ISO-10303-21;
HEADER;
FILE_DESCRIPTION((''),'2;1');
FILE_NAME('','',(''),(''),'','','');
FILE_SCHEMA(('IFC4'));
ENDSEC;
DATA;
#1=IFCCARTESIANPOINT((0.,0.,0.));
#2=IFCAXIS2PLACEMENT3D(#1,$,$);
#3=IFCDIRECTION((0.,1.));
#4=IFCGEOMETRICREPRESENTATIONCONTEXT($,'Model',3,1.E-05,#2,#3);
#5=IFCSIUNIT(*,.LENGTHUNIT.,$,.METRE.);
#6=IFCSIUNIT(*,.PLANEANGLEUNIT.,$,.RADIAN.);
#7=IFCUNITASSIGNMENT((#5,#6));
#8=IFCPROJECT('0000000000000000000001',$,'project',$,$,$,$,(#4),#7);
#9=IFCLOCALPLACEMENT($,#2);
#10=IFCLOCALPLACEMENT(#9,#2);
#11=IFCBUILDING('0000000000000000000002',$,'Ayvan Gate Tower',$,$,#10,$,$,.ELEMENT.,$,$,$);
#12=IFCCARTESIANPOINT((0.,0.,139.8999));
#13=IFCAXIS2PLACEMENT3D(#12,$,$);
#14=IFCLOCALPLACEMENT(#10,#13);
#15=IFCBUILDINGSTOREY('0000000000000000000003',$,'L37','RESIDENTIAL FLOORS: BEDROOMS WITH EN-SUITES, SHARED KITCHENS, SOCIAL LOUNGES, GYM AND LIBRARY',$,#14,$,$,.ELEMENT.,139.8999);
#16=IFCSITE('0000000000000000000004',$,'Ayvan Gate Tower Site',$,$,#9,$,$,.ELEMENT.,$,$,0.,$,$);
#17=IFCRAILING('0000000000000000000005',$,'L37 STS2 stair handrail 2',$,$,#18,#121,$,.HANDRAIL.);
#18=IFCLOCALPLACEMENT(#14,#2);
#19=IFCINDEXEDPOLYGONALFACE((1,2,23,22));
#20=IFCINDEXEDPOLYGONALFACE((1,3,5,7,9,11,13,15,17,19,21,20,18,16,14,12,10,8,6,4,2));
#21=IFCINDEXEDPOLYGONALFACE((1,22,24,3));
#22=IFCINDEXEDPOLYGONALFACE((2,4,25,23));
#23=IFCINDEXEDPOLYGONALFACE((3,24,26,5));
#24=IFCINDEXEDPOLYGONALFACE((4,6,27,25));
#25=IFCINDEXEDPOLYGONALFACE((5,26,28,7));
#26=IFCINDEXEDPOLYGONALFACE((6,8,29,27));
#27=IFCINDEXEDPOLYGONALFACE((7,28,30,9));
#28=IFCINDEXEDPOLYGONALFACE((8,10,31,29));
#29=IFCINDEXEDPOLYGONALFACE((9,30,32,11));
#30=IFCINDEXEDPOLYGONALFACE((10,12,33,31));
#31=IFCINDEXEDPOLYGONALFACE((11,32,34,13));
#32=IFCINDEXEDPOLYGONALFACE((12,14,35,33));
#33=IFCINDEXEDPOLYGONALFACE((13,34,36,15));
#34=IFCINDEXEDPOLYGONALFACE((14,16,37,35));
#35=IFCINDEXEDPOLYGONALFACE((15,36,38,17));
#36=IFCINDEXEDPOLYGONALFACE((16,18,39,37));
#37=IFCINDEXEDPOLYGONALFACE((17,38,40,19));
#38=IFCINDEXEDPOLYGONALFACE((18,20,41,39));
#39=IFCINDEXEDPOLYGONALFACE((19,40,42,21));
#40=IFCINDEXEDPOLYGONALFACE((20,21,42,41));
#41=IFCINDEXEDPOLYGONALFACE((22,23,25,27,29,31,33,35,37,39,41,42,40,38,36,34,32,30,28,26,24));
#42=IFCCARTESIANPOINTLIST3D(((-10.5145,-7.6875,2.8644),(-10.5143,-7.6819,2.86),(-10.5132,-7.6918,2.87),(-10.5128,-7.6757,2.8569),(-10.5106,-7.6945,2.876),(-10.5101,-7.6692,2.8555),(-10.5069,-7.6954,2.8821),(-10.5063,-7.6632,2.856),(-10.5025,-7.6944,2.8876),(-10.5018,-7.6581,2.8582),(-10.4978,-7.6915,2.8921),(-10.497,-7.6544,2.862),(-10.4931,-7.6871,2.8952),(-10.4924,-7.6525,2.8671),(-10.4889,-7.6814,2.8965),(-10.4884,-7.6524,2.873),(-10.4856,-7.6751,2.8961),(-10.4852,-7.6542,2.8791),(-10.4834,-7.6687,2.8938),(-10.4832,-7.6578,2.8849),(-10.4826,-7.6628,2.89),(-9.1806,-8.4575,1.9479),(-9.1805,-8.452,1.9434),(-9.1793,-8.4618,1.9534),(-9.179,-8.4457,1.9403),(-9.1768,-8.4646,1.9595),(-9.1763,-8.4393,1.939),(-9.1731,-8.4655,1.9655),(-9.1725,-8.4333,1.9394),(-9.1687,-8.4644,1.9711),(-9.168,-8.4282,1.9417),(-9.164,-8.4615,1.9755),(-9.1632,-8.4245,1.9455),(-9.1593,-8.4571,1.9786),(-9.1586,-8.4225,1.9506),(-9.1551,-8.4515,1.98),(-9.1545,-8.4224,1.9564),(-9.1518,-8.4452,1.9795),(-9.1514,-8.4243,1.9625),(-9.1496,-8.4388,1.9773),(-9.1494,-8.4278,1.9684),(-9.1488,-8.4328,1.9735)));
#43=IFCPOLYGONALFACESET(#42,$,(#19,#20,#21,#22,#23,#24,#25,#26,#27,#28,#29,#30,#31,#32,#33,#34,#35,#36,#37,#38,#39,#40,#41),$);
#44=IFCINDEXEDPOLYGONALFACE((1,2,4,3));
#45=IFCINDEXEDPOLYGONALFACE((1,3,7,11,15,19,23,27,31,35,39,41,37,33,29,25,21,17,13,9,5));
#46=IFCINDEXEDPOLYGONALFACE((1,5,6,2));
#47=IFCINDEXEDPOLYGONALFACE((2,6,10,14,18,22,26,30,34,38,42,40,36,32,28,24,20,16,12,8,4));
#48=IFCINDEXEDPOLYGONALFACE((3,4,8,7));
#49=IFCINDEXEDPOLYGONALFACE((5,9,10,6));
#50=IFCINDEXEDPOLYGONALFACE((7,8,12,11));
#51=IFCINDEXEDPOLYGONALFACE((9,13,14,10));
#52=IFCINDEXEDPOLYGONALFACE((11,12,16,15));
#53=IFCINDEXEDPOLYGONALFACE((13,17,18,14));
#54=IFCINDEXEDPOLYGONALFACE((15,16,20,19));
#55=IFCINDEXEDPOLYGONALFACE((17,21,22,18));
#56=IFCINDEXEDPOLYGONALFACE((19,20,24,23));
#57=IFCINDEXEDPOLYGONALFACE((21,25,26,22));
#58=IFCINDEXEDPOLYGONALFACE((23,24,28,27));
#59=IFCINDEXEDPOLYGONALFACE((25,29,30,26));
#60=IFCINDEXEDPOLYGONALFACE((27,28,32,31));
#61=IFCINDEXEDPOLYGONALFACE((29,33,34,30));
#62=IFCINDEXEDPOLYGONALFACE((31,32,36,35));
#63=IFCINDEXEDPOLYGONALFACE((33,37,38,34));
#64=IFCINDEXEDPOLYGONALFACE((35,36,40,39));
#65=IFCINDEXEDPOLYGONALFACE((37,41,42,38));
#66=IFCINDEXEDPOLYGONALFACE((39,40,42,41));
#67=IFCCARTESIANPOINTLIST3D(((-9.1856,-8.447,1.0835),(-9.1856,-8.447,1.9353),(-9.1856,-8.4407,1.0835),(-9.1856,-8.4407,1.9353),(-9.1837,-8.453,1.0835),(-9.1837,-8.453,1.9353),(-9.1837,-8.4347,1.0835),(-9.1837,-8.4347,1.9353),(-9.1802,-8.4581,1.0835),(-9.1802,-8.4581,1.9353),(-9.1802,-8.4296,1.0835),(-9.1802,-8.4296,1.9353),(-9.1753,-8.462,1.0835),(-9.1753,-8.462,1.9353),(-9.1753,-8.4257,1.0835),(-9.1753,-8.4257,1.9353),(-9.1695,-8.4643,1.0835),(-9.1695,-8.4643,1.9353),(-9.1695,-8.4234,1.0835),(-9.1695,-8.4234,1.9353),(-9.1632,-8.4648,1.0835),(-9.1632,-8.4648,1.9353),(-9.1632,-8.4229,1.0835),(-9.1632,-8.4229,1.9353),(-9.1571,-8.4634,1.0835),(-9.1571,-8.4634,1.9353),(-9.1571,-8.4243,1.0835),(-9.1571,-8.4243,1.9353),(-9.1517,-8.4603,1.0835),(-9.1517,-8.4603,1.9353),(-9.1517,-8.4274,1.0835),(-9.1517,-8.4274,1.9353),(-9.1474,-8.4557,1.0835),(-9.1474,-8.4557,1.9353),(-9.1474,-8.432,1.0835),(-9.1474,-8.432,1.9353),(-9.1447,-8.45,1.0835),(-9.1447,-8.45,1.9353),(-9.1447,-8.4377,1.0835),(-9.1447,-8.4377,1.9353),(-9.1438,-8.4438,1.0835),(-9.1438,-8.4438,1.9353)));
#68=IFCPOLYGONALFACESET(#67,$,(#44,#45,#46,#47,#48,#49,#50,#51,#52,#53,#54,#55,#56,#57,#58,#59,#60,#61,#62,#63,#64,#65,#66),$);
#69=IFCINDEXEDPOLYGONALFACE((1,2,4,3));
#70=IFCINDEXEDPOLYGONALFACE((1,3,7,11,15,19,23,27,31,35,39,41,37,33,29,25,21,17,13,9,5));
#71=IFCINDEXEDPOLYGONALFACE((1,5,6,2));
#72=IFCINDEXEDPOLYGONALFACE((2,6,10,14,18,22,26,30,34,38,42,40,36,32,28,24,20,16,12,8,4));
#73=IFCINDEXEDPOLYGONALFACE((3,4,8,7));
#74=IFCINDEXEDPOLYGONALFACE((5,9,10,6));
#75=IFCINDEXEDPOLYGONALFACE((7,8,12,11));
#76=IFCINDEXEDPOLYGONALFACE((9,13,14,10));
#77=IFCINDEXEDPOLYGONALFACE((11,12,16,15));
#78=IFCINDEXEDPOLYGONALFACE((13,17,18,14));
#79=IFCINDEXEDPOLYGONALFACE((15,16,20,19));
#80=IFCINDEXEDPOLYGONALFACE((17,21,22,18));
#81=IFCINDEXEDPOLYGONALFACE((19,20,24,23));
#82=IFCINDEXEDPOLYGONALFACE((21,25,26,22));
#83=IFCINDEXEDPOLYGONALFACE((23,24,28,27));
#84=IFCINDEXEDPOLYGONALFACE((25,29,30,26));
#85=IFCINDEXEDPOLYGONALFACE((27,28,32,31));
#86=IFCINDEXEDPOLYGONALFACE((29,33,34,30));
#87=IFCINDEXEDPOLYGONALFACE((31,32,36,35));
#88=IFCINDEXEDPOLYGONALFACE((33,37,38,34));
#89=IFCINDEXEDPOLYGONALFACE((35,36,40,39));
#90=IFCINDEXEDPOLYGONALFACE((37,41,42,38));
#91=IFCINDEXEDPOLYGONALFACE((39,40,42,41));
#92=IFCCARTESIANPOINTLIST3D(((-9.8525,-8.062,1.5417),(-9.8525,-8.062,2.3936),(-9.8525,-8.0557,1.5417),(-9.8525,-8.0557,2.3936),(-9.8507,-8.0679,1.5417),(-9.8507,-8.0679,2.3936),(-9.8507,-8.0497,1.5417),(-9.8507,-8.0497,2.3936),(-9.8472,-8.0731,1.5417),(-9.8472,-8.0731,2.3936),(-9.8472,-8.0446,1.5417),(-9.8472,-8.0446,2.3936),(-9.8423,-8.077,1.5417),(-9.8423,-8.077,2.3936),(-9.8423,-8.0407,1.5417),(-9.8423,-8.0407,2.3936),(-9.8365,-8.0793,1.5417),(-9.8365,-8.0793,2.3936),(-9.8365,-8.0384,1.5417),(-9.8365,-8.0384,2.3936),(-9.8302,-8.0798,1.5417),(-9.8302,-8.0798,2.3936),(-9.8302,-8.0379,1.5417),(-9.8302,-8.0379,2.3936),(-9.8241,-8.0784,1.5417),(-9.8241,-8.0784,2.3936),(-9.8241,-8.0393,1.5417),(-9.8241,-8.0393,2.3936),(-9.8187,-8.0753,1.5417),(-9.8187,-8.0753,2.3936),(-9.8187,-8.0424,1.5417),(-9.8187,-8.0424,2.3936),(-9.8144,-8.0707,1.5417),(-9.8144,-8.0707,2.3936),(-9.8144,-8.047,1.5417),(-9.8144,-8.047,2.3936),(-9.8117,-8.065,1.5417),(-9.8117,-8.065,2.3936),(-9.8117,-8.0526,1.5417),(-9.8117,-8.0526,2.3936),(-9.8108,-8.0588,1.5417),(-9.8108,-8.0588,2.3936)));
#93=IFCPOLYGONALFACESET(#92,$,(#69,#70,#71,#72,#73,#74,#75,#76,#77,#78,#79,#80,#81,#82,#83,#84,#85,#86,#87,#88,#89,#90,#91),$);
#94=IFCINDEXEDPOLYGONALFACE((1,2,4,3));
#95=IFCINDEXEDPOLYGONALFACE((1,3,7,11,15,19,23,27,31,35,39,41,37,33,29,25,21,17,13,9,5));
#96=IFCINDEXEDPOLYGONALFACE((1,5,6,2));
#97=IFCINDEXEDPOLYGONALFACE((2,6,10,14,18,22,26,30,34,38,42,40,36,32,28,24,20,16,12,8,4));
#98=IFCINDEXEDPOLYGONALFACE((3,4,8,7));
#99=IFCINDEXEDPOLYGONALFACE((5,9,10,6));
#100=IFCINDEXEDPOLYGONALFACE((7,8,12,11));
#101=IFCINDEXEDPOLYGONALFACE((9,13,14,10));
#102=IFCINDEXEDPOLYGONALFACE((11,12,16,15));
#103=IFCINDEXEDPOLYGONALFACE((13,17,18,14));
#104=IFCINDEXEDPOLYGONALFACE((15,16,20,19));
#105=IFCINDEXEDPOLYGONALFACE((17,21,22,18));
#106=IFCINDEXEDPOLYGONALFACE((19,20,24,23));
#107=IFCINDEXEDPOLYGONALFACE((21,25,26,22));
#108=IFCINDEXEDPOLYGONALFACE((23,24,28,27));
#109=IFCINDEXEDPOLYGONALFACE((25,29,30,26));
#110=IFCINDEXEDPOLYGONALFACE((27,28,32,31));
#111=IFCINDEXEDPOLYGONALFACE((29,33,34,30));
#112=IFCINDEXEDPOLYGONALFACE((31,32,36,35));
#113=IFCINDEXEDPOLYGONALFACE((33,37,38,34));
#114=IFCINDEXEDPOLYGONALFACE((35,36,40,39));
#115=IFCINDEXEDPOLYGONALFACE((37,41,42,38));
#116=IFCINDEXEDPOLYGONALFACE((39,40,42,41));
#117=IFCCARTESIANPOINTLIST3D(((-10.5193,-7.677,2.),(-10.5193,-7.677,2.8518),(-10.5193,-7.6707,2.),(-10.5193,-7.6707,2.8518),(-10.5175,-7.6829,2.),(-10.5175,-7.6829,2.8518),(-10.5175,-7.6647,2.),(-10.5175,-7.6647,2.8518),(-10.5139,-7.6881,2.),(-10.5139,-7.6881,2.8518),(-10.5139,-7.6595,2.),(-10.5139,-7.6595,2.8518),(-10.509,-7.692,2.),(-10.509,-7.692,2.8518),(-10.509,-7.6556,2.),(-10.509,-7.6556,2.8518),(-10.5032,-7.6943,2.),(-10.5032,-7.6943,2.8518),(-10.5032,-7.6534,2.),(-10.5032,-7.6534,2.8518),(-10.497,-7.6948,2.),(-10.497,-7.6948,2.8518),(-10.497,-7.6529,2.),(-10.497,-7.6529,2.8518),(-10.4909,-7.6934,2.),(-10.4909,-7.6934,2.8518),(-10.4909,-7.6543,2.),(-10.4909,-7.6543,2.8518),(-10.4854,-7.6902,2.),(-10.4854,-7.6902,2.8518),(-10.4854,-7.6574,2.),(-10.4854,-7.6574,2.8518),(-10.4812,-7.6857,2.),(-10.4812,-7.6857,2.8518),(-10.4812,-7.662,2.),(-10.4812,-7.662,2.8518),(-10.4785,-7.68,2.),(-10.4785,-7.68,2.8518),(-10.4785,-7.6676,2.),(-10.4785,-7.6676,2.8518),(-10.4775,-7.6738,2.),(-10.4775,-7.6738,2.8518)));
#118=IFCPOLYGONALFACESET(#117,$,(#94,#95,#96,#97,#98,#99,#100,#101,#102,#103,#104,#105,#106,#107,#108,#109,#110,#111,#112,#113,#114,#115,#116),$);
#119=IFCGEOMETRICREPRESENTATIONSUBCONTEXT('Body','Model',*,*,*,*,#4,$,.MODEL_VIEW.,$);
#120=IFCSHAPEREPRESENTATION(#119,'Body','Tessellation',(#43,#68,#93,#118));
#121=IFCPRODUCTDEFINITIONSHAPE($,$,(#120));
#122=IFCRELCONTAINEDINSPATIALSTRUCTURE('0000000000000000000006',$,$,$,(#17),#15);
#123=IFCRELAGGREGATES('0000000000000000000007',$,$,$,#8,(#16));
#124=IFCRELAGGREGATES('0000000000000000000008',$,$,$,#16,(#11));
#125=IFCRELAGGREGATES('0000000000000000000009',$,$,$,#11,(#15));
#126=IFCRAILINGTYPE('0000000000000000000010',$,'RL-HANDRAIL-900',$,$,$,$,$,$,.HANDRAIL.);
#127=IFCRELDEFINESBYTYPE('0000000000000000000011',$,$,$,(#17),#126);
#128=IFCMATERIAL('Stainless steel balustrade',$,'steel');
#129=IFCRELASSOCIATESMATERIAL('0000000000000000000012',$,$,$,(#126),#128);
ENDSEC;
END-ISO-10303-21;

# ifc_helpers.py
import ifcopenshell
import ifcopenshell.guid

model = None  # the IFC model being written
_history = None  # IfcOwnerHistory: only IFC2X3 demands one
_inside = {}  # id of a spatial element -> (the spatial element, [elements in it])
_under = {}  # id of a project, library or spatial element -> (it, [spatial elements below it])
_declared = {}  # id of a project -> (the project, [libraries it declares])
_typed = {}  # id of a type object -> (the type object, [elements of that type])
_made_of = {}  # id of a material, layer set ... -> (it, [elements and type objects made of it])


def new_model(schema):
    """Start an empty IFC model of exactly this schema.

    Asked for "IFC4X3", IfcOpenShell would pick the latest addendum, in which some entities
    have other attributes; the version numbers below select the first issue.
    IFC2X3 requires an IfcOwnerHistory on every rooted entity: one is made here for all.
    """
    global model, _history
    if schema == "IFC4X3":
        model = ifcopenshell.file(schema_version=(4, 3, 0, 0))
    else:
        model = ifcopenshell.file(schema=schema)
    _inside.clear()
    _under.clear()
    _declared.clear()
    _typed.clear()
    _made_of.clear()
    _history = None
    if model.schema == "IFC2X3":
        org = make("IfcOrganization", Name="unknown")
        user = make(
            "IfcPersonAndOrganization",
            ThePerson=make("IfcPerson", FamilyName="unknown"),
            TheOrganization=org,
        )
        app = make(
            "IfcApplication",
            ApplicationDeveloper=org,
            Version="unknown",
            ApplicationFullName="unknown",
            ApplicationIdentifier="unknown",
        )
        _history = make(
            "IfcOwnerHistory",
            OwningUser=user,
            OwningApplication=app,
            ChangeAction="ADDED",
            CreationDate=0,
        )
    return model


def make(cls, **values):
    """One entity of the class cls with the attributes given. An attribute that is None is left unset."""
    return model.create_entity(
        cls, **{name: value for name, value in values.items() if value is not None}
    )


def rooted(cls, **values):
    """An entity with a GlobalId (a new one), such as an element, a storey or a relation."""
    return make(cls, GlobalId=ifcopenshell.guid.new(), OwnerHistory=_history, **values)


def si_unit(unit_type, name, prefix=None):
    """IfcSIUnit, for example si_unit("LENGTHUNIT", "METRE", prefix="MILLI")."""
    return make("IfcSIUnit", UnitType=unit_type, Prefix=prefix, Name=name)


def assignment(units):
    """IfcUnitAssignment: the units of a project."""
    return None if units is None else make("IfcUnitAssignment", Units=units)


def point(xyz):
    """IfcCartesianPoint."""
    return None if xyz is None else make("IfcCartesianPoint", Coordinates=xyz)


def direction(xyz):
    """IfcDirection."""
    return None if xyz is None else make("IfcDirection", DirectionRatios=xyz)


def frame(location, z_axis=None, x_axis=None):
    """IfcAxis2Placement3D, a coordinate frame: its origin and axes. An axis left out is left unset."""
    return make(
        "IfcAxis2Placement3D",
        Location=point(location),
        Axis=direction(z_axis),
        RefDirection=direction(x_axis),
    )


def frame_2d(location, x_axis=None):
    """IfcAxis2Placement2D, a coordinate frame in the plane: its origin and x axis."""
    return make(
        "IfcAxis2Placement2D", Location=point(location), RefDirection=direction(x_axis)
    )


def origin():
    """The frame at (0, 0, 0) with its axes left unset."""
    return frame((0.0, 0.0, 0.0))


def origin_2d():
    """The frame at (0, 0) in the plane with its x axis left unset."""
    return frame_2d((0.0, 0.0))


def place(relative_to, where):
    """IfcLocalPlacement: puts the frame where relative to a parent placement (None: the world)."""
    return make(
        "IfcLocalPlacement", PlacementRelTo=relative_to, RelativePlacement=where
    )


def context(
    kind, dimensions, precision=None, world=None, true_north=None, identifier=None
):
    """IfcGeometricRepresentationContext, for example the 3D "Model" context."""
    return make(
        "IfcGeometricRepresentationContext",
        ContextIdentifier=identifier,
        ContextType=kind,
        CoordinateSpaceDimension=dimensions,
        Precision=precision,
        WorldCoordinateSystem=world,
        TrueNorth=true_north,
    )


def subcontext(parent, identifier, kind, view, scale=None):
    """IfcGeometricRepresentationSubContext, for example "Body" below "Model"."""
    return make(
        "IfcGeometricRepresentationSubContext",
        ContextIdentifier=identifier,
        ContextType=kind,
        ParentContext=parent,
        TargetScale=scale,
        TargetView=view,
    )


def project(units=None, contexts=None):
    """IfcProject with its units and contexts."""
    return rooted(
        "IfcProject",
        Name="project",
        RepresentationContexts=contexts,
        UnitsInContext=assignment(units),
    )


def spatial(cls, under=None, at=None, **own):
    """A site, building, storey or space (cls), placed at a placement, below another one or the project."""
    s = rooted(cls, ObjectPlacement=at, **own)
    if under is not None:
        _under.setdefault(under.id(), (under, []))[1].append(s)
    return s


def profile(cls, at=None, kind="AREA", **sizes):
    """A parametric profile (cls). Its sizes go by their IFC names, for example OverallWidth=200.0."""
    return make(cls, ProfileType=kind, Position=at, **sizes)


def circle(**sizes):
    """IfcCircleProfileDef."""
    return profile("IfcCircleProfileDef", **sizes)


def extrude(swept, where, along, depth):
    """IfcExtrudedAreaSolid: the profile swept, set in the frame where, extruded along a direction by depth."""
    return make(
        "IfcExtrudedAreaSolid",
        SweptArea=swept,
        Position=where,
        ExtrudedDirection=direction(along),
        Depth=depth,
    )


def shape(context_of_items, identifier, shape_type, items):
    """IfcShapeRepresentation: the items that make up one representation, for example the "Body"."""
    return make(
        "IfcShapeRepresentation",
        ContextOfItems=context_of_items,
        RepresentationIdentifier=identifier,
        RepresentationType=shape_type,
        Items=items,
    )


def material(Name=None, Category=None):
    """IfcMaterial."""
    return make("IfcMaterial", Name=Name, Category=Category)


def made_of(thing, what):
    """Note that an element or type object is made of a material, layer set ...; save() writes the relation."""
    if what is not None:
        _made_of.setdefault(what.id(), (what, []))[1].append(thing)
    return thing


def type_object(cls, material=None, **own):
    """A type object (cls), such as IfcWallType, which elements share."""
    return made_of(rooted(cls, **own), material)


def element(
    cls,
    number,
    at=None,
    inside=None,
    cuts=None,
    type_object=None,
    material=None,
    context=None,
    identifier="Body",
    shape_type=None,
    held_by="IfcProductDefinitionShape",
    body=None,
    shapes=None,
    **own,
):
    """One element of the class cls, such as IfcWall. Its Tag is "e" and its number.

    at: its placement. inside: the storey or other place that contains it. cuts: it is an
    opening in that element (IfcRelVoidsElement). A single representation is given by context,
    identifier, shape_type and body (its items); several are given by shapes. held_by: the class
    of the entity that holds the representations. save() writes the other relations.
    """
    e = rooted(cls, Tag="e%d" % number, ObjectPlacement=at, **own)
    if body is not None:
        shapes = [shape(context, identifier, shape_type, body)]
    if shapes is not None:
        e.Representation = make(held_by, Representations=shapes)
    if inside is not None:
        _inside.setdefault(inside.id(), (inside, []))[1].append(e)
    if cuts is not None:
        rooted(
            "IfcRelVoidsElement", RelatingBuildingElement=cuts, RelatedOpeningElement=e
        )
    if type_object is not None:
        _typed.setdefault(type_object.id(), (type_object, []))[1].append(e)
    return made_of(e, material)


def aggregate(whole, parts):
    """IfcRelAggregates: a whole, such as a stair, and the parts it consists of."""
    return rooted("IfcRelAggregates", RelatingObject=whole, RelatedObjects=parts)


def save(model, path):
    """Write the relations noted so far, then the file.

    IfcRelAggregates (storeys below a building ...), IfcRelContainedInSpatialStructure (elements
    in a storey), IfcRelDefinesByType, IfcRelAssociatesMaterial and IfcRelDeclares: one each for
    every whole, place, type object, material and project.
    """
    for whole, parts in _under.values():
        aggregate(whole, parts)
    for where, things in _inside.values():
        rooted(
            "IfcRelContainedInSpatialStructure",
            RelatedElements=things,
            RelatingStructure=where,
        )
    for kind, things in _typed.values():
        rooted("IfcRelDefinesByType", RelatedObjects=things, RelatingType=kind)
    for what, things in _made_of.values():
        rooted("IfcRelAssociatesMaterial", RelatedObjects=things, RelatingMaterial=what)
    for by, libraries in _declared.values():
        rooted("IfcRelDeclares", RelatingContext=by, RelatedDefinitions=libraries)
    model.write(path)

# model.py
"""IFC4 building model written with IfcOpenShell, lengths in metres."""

from ifc_helpers import new_model, si_unit, direction, frame, origin, origin_2d, place, context, subcontext, project, spatial, circle, extrude, material, type_object, element, save


model = new_model("IFC4")

# Units and contexts
model_context = context("Model", 3, precision=1e-05, world=origin(), true_north=direction((0.0, 1.0)))
body_context = subcontext(model_context, "Body", "Model", "MODEL_VIEW")
ifc_project = project(units=[si_unit("LENGTHUNIT", "METRE"), si_unit("PLANEANGLEUNIT", "RADIAN")], contexts=[model_context])

# Site, building, storey
site_placement = place(None, origin())
site = spatial("IfcSite", under=ifc_project, at=site_placement, Name="Ayvan Gate Tower Site", CompositionType="ELEMENT", RefElevation=0.0)
building_placement = place(site_placement, origin())
building = spatial("IfcBuilding", under=site, at=building_placement, Name="Ayvan Gate Tower", CompositionType="ELEMENT")
storey_placement = place(building_placement, frame((0.0, 0.0, 139.8999)))
storey = spatial("IfcBuildingStorey", under=building, at=storey_placement, Name="L37", Description="RESIDENTIAL FLOORS: BEDROOMS WITH EN-SUITES, SHARED KITCHENS, SOCIAL LOUNGES, GYM AND LIBRARY", CompositionType="ELEMENT", Elevation=139.8999)

# Railing
ifc_material_1 = material(Name="Stainless steel balustrade", Category="steel")
railing_type_1 = type_object("IfcRailingType", Name="RL-HANDRAIL-900", PredefinedType="HANDRAIL", material=ifc_material_1)
railing_1_placement = place(storey_placement, frame((-9.1648, -8.4438, 1.0835)))
element("IfcRailing", 1, at=railing_1_placement, inside=storey, type_object=railing_type_1, Name="L37 STS2 stair handrail 2", PredefinedType="HANDRAIL", context=body_context, shape_type="SweptSolid", body=[
    extrude(circle(Radius=0.0239, at=origin_2d()), frame((0.0, 0.0, 0.876), z_axis=(-0.744216, 0.429664, 0.511401), x_axis=(-0.499992, -0.86603, 0.0)), (0.0, 0.0, 1.0), 1.7922),
    extrude(circle(Radius=0.021, at=origin_2d()), origin(), (0.0, 0.0, 1.0), 0.8518),
    extrude(circle(Radius=0.021, at=origin_2d()), frame((-0.667, 0.385, 0.4583)), (0.0, 0.0, 1.0), 0.8518),
    extrude(circle(Radius=0.021, at=origin_2d()), frame((-1.3337, 0.77, 0.9165)), (0.0, 0.0, 1.0), 0.8518),
])

save(model, "model.ifc")
